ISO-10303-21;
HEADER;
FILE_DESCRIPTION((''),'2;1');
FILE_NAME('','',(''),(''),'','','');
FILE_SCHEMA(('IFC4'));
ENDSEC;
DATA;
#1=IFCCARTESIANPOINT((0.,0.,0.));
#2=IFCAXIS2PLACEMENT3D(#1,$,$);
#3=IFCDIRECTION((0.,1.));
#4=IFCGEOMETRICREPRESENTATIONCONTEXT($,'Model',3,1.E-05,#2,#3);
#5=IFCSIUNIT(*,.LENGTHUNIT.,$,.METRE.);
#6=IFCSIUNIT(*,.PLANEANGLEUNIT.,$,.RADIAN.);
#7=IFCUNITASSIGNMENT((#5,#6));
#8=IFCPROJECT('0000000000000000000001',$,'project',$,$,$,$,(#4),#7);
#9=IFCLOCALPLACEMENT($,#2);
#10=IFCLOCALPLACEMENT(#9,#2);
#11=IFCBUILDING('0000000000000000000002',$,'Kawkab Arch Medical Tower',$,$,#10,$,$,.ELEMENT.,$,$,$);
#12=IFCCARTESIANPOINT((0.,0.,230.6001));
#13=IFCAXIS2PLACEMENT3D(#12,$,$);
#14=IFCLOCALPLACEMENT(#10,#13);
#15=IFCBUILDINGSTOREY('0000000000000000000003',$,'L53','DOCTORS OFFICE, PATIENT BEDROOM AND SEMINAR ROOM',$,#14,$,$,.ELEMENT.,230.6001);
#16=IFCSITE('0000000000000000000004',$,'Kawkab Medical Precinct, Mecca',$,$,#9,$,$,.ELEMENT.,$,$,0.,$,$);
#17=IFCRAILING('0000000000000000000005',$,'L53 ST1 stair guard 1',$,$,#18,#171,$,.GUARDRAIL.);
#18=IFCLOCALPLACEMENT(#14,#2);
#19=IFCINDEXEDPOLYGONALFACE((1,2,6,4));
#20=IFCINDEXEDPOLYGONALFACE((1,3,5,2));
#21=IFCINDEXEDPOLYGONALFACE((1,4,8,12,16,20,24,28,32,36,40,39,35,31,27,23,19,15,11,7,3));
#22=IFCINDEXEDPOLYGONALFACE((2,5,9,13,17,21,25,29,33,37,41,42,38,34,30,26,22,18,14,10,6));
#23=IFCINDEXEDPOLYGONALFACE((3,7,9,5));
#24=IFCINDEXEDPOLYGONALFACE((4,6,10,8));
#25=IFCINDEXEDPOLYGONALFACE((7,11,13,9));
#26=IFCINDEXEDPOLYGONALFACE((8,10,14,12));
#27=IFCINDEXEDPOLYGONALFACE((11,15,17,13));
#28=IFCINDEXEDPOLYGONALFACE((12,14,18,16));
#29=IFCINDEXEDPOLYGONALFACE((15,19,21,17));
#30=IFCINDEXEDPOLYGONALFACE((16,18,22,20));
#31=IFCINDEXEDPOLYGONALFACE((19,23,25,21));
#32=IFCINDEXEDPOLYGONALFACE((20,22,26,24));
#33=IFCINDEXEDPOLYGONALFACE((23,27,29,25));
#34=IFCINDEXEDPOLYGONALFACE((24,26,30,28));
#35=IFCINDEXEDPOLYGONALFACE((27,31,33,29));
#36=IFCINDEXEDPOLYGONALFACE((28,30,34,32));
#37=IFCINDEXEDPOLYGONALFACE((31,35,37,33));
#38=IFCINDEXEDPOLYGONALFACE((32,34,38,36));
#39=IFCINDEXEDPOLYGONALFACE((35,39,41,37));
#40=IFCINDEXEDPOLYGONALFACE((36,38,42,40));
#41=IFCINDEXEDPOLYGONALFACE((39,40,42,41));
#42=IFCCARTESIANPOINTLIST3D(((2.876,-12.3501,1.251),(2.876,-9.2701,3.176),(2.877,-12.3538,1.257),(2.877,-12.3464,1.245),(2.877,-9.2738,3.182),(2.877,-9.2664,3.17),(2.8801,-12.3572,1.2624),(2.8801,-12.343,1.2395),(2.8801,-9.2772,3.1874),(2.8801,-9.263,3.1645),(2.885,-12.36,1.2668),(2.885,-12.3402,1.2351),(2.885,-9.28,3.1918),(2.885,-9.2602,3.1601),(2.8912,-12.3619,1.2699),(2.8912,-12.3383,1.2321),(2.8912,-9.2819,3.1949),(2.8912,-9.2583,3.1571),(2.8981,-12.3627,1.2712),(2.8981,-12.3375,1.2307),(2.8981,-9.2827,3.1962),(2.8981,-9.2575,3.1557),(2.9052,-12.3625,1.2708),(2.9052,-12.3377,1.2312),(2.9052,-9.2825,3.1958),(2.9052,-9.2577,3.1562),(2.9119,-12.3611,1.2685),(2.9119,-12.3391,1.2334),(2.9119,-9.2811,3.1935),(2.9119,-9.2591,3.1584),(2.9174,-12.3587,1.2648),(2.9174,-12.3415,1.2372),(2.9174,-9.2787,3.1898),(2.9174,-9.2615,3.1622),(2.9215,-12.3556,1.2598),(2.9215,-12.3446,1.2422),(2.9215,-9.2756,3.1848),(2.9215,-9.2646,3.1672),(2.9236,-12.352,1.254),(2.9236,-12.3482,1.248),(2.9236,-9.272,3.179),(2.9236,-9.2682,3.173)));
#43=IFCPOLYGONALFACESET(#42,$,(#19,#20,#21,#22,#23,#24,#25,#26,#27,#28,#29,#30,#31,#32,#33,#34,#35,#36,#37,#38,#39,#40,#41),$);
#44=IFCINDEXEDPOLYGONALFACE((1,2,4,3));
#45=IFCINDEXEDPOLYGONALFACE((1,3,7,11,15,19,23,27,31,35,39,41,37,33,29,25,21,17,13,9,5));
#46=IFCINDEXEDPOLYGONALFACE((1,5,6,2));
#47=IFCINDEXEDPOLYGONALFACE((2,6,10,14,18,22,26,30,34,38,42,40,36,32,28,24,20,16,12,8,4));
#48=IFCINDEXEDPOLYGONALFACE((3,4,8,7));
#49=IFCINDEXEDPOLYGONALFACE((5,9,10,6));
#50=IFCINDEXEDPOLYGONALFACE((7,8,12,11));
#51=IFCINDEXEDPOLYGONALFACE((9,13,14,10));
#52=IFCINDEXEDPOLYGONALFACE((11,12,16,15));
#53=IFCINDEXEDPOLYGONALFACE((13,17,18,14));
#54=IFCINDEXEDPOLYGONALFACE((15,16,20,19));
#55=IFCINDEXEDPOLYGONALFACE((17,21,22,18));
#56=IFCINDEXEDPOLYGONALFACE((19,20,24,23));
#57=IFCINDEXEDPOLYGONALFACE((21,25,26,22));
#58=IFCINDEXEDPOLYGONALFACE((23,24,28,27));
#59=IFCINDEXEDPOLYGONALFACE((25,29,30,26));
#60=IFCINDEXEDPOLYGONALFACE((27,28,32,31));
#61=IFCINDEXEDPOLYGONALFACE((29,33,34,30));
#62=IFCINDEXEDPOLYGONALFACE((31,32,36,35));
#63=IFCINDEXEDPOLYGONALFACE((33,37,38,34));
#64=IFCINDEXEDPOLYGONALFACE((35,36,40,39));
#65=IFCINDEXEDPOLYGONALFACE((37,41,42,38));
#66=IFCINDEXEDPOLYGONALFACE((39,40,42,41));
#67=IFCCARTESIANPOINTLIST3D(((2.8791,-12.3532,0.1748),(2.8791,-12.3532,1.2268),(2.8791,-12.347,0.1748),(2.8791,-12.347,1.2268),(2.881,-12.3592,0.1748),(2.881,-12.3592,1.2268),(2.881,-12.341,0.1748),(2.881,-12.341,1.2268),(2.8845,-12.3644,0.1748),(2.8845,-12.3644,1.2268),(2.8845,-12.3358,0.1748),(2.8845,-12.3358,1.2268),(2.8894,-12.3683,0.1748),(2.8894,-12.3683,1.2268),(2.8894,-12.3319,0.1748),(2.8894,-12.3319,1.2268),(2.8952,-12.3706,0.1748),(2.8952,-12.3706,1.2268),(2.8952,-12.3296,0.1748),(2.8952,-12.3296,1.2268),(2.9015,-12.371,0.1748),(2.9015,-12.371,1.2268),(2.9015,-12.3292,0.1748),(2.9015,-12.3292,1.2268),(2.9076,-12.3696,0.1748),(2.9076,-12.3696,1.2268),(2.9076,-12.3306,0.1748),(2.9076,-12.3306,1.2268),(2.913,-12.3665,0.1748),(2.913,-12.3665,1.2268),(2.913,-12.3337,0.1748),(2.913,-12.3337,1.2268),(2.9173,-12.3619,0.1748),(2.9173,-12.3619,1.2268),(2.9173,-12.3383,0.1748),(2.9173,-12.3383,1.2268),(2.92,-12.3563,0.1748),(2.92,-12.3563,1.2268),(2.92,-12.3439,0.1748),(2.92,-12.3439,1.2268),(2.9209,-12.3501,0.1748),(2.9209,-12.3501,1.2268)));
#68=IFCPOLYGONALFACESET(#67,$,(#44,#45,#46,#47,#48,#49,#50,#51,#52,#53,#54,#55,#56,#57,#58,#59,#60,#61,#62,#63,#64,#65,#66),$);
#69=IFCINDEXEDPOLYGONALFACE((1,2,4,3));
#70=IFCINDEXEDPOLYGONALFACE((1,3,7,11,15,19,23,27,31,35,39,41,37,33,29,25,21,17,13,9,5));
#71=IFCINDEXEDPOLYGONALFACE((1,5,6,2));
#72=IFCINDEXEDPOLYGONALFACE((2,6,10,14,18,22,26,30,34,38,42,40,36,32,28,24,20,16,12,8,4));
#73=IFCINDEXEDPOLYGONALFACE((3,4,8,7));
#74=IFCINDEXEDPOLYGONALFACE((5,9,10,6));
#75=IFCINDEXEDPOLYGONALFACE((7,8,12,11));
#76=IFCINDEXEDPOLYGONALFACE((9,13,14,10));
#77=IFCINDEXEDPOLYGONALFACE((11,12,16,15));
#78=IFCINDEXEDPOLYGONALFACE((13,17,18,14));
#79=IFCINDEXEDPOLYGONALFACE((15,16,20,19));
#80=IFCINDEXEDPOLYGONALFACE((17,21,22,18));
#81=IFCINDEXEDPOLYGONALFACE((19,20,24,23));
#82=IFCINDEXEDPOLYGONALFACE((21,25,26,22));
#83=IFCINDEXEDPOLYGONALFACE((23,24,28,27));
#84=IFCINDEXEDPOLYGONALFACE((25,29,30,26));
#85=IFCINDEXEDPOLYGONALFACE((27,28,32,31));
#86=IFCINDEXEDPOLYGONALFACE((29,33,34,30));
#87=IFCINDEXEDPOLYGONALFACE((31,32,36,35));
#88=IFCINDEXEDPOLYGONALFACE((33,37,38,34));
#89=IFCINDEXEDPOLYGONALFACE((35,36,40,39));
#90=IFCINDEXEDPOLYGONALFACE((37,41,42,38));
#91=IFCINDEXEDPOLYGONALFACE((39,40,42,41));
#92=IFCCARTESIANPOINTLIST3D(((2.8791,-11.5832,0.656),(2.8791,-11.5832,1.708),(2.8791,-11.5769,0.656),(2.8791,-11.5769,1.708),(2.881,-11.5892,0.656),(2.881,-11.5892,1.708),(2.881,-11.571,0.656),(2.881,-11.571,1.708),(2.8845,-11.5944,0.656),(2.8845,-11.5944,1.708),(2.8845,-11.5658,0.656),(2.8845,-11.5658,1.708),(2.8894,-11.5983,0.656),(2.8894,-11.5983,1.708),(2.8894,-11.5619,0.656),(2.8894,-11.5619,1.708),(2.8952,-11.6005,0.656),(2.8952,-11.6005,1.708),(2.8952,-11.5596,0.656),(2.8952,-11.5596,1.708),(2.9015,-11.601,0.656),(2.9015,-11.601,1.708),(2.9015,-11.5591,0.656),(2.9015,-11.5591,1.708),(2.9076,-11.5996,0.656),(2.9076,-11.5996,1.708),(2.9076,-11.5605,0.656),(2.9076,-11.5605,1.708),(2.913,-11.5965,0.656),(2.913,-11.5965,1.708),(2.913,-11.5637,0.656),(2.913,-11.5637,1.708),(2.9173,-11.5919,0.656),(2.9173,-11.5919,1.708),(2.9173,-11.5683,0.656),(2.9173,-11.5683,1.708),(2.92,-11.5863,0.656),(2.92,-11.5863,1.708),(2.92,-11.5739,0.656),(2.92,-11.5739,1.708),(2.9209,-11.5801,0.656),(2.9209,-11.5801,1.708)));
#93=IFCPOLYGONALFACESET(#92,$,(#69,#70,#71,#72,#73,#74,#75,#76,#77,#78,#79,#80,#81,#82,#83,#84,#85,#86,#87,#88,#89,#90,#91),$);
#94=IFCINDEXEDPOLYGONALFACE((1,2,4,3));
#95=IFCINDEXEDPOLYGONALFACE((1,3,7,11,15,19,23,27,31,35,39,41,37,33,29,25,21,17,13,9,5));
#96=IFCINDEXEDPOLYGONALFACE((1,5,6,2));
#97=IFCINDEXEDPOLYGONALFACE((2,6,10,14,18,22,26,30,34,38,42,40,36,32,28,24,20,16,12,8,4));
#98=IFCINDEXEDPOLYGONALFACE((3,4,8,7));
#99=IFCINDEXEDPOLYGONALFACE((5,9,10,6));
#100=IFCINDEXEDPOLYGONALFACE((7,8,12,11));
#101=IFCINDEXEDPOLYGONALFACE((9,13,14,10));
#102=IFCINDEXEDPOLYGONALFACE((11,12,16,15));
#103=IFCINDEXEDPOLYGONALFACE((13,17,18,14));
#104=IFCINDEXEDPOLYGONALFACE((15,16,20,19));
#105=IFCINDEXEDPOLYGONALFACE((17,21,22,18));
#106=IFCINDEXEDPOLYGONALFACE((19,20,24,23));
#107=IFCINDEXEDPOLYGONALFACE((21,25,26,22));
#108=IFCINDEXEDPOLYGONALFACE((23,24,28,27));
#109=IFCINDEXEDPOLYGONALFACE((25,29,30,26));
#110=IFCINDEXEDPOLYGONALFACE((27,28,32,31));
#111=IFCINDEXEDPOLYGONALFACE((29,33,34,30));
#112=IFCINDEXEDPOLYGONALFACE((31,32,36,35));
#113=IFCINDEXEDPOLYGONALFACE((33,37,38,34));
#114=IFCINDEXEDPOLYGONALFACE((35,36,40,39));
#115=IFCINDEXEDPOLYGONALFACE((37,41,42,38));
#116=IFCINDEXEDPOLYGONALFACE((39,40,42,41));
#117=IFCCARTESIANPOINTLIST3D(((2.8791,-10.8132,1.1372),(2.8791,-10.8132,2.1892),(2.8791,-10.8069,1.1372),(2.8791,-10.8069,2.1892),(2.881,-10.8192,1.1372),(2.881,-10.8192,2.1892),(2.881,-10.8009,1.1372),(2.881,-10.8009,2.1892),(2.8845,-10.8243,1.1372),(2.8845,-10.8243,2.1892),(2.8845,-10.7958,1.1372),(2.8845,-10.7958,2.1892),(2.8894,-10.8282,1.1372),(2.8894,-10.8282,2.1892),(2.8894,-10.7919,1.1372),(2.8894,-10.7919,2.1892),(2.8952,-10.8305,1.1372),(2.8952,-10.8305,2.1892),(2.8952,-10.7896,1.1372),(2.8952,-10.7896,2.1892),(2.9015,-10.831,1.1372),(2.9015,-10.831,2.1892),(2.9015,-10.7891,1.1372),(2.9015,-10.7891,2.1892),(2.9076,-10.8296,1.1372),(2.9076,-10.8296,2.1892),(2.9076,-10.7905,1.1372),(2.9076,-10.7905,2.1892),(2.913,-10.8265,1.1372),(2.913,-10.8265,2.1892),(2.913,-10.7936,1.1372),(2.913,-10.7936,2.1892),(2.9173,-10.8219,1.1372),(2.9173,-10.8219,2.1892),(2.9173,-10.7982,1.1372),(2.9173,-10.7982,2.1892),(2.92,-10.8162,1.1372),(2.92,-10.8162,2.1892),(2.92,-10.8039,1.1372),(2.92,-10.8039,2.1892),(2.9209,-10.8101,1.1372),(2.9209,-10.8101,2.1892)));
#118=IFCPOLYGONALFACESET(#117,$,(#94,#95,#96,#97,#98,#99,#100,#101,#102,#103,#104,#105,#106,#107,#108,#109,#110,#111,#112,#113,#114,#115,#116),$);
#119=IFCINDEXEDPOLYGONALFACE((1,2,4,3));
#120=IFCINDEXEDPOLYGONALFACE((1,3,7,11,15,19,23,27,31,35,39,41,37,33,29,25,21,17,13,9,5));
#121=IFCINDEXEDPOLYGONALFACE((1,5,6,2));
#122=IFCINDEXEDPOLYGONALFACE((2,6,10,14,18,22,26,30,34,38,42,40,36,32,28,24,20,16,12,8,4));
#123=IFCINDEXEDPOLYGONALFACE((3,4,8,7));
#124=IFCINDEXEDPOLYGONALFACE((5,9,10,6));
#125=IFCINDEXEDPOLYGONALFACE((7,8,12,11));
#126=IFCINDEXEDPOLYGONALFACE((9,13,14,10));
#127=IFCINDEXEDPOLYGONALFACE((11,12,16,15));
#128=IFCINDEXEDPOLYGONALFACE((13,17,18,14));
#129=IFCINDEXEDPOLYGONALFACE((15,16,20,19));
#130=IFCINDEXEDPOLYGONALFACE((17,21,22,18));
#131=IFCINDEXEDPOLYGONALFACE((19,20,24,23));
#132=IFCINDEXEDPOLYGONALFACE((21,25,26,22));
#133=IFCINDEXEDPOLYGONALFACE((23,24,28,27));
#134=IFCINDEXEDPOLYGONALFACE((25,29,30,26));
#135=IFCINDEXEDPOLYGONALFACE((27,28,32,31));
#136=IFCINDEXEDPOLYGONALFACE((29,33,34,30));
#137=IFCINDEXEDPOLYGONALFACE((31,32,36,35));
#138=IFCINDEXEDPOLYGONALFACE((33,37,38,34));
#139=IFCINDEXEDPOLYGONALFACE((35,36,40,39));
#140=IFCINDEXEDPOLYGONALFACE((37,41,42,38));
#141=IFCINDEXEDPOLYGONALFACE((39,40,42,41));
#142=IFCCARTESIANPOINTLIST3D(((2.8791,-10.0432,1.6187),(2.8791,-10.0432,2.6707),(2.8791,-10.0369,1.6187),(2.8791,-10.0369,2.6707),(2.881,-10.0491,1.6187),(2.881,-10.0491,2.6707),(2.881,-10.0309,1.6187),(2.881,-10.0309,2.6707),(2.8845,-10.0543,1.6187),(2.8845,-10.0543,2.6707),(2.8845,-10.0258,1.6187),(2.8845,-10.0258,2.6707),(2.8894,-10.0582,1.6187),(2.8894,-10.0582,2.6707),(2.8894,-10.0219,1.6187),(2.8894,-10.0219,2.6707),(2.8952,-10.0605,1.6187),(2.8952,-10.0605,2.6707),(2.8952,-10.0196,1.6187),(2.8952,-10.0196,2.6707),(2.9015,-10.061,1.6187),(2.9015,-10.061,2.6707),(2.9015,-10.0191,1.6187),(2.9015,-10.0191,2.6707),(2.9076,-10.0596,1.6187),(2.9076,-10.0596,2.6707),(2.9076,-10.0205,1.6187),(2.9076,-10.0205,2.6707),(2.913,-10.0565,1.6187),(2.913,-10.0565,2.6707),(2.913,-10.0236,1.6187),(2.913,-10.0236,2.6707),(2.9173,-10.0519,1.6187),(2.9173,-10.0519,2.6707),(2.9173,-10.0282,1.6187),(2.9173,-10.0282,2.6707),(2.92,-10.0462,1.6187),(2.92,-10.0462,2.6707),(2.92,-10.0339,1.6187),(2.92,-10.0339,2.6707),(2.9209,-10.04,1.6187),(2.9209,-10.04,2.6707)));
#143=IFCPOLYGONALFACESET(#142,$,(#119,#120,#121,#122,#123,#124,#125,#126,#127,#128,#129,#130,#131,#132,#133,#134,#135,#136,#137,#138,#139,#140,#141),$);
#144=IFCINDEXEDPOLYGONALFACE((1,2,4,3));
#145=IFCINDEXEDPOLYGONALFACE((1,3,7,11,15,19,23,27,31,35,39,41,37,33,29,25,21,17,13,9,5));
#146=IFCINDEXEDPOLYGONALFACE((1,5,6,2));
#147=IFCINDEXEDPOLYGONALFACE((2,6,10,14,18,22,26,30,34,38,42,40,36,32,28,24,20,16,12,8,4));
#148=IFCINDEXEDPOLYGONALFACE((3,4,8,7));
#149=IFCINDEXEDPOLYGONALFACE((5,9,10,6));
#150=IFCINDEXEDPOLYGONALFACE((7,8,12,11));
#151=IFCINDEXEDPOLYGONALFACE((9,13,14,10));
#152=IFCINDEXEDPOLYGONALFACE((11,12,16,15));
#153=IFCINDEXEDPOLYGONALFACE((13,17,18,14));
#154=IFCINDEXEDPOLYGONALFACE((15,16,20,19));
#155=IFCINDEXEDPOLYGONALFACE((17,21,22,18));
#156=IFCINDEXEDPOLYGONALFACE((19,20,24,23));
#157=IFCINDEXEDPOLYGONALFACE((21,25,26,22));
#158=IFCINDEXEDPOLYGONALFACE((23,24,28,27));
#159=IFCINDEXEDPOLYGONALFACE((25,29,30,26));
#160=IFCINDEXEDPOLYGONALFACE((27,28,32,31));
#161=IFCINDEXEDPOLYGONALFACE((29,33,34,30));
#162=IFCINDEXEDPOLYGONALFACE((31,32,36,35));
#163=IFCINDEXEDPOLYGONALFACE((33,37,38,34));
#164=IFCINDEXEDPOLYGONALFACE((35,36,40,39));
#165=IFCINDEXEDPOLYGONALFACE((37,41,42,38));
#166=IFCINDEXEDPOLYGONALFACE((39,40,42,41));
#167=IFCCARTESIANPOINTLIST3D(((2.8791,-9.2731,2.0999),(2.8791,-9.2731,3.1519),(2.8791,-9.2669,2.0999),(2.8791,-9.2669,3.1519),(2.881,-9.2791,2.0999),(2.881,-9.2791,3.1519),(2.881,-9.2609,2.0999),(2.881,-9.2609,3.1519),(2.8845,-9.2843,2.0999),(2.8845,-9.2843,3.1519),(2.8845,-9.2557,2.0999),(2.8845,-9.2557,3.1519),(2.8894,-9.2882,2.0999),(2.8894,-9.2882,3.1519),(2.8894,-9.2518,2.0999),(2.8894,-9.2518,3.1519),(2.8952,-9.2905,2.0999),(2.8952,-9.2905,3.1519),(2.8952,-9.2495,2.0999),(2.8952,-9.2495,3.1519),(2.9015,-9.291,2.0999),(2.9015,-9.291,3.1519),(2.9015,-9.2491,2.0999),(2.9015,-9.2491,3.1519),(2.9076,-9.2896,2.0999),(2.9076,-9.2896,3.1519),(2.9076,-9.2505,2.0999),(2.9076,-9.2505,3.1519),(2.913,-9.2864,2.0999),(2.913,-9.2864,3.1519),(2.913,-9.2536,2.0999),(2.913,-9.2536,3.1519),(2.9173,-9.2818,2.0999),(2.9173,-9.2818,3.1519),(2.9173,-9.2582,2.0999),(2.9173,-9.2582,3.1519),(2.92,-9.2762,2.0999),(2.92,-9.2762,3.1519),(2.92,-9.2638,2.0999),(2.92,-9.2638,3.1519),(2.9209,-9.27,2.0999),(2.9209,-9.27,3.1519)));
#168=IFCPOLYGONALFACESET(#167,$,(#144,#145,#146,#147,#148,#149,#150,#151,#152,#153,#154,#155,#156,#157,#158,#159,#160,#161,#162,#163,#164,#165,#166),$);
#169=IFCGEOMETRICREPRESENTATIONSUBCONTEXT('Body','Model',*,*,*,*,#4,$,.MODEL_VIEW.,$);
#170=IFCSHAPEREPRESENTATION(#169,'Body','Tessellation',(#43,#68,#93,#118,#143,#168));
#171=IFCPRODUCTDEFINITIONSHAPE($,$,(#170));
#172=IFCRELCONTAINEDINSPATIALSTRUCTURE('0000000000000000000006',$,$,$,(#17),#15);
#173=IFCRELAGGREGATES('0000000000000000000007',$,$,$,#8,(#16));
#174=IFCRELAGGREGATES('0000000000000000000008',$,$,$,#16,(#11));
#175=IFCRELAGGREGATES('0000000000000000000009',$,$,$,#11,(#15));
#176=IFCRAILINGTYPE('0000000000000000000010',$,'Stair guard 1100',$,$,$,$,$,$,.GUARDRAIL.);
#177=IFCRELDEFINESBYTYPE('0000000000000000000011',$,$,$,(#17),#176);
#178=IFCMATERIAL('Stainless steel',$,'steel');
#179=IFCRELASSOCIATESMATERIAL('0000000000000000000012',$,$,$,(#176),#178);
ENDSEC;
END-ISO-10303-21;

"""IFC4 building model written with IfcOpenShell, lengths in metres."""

from ifc_helpers import new_model, si_unit, direction, frame, origin, origin_2d, place, context, subcontext, project, spatial, circle, extrude, material, type_object, element, save


model = new_model("IFC4")

# Units and contexts
model_context = context("Model", 3, precision=1e-05, world=origin(), true_north=direction((0.0, 1.0)))
body_context = subcontext(model_context, "Body", "Model", "MODEL_VIEW")
ifc_project = project(units=[si_unit("LENGTHUNIT", "METRE"), si_unit("PLANEANGLEUNIT", "RADIAN")], contexts=[model_context])

# Site, building, storey
site_placement = place(None, origin())
site = spatial("IfcSite", under=ifc_project, at=site_placement, Name="Kawkab Medical Precinct, Mecca", CompositionType="ELEMENT", RefElevation=0.0)
building_placement = place(site_placement, origin())
building = spatial("IfcBuilding", under=site, at=building_placement, Name="Kawkab Arch Medical Tower", CompositionType="ELEMENT")
storey_placement = place(building_placement, frame((0.0, 0.0, 230.6001)))
storey = spatial("IfcBuildingStorey", under=building, at=storey_placement, Name="L53", Description="DOCTORS OFFICE, PATIENT BEDROOM AND SEMINAR ROOM", CompositionType="ELEMENT", Elevation=230.6001)

# Railing
ifc_material_1 = material(Name="Stainless steel", Category="steel")
railing_type = type_object("IfcRailingType", Name="Stair guard 1100", PredefinedType="GUARDRAIL", material=ifc_material_1)
railing_1_placement = place(storey_placement, frame((2.8999, -12.3501, 0.1748)))
element("IfcRailing", 1, at=railing_1_placement, inside=storey, type_object=railing_type, Name="L53 ST1 stair guard 1", PredefinedType="GUARDRAIL", context=body_context, shape_type="SweptSolid", body=[
    extrude(circle(Radius=0.0239, at=origin_2d()), frame((0.0, 0.0, 1.0762), z_axis=(0.0, 0.847998, 0.529999), x_axis=(-1.0, 0.0, 0.0)), (0.0, 0.0, 1.0), 3.6321),
    extrude(circle(Radius=0.021, at=origin_2d()), origin(), (0.0, 0.0, 1.0), 1.052),
    extrude(circle(Radius=0.021, at=origin_2d()), frame((0.0, 0.77, 0.4812)), (0.0, 0.0, 1.0), 1.052),
    extrude(circle(Radius=0.021, at=origin_2d()), frame((0.0, 1.54, 0.9624)), (0.0, 0.0, 1.0), 1.052),
    extrude(circle(Radius=0.021, at=origin_2d()), frame((0.0, 2.3101, 1.4438)), (0.0, 0.0, 1.0), 1.052),
    extrude(circle(Radius=0.021, at=origin_2d()), frame((0.0, 3.0801, 1.925)), (0.0, 0.0, 1.0), 1.052),
])

save(model, "model.ifc")
